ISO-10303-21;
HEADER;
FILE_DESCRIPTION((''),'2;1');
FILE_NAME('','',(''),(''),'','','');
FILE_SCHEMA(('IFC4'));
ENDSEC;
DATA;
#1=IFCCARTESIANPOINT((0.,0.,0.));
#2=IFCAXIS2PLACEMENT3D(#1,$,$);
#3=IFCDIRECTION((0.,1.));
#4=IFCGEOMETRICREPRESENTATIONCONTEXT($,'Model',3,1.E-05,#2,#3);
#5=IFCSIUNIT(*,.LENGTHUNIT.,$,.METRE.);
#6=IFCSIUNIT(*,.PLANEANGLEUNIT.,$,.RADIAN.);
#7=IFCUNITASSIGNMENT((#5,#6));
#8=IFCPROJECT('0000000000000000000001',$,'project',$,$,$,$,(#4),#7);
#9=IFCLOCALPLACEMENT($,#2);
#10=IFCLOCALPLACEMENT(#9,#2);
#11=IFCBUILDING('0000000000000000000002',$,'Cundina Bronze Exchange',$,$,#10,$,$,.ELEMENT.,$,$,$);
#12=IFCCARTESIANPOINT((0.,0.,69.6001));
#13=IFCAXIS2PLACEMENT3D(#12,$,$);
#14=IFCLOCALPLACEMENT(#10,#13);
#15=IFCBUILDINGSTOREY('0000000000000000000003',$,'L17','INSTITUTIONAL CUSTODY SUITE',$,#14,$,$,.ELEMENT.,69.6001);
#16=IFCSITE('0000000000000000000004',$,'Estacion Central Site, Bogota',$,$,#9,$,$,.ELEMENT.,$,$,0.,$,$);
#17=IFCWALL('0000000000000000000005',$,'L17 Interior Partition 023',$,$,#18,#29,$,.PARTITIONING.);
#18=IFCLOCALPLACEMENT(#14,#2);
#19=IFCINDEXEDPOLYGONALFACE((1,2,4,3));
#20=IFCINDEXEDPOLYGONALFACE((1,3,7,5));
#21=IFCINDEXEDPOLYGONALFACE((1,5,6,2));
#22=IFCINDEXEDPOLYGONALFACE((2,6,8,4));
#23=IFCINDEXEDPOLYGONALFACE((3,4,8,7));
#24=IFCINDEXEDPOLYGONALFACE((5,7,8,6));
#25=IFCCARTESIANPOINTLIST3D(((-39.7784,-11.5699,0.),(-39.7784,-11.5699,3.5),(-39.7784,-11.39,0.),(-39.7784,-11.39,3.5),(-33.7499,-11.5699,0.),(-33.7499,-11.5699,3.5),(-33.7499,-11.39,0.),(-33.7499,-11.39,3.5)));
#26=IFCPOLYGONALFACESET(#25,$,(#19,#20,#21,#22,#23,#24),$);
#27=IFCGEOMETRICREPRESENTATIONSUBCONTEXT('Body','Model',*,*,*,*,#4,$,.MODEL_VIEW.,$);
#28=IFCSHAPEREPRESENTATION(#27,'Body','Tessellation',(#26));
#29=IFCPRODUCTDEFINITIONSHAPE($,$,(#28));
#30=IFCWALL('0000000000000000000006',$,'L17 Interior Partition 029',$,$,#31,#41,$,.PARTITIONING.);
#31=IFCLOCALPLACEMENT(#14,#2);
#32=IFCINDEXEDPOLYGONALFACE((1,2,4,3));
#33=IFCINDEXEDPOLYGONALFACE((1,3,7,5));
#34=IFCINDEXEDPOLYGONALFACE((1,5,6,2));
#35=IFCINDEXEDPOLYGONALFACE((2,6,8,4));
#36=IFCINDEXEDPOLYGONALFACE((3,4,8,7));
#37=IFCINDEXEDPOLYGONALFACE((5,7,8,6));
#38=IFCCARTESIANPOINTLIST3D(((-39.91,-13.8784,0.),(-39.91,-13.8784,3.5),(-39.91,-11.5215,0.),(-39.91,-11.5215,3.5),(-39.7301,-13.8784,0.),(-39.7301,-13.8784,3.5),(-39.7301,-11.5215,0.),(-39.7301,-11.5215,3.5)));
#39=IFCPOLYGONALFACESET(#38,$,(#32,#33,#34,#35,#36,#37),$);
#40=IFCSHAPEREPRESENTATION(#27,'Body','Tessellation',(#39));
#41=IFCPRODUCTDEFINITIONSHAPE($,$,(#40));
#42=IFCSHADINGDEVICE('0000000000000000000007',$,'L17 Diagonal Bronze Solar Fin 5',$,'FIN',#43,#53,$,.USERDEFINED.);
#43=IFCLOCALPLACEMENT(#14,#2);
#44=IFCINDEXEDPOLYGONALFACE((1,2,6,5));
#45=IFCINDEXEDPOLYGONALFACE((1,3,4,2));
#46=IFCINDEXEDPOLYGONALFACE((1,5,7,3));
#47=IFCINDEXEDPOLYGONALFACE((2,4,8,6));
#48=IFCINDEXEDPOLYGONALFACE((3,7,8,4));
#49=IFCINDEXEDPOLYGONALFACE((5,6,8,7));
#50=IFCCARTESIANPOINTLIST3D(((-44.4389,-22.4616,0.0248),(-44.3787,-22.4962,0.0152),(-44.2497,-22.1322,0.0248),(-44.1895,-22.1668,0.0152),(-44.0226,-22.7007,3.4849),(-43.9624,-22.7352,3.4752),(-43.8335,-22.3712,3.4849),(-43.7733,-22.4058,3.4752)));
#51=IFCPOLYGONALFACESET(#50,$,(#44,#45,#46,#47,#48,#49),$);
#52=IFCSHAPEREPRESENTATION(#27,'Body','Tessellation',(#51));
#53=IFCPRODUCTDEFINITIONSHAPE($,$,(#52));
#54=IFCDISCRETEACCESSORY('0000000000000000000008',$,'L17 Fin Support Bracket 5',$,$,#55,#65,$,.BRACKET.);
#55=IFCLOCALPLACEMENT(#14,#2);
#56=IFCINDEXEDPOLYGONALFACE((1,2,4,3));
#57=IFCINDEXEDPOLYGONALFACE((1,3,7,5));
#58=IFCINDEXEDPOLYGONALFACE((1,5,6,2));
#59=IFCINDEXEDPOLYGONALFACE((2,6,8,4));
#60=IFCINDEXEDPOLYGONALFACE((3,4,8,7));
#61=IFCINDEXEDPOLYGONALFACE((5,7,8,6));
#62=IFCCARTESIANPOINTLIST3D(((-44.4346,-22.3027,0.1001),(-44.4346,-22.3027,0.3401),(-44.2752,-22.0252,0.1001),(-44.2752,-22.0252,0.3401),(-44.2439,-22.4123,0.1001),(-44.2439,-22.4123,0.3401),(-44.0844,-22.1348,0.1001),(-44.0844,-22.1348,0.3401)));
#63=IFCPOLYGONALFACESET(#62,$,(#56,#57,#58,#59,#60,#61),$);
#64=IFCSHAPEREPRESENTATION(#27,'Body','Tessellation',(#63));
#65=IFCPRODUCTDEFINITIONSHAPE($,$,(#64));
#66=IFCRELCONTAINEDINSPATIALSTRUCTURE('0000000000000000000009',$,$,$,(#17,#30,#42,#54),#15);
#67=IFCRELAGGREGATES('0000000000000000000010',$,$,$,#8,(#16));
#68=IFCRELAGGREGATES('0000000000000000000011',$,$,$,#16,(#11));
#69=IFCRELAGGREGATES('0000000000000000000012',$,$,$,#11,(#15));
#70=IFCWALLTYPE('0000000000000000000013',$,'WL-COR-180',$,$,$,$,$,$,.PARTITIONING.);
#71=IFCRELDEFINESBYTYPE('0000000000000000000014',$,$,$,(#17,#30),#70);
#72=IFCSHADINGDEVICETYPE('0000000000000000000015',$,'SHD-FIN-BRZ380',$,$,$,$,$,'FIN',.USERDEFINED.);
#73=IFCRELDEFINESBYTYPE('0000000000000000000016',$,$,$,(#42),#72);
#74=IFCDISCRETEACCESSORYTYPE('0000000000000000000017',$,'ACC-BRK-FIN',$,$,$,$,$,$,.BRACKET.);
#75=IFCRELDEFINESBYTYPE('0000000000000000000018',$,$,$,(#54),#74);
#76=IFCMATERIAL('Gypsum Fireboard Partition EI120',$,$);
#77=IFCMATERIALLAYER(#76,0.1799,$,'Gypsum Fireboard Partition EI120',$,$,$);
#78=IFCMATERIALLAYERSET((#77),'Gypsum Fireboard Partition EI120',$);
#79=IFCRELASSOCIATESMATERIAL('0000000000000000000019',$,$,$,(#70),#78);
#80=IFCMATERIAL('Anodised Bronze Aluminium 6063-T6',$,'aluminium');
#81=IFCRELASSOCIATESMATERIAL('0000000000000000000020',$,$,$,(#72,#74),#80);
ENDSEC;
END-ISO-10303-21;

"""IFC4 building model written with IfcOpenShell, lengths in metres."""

from ifc_helpers import new_model, si_unit, direction, frame, frame_2d, origin, origin_2d, place, context, subcontext, project, spatial, rectangle, extrude, material, layer, layer_set, material_profile, profile_set, type_object, element, save


model = new_model("IFC4")

# Units and contexts
model_context = context("Model", 3, precision=1e-05, world=origin(), true_north=direction((0.0, 1.0)))
body_context = subcontext(model_context, "Body", "Model", "MODEL_VIEW")
ifc_project = project(units=[si_unit("LENGTHUNIT", "METRE"), si_unit("PLANEANGLEUNIT", "RADIAN")], contexts=[model_context])

# Site, building, storey
site_placement = place(None, origin())
site = spatial("IfcSite", under=ifc_project, at=site_placement, Name="Estacion Central Site, Bogota", CompositionType="ELEMENT", RefElevation=0.0)
building_placement = place(site_placement, origin())
building = spatial("IfcBuilding", under=site, at=building_placement, Name="Cundina Bronze Exchange", CompositionType="ELEMENT")
storey_placement = place(building_placement, frame((0.0, 0.0, 69.6001)))
storey = spatial("IfcBuildingStorey", under=building, at=storey_placement, Name="L17", Description="INSTITUTIONAL CUSTODY SUITE", CompositionType="ELEMENT", Elevation=69.6001)

# Shared definitions
ifc_material_1 = material(Name="Anodised Bronze Aluminium 6063-T6", Category="aluminium")

# Shared definitions
ifc_material_2 = material(Name="Gypsum Fireboard Partition EI120")
ifc_layer_1 = layer(ifc_material_2, 0.1799, Name="Gypsum Fireboard Partition EI120")
ifc_layer_set_1 = layer_set([ifc_layer_1], Name="Gypsum Fireboard Partition EI120")
wall_type = type_object("IfcWallType", Name="WL-COR-180", PredefinedType="PARTITIONING", material=ifc_layer_set_1)

# Walls
wall_1_placement = place(storey_placement, frame((-33.75, -11.48, 0.0), z_axis=(0.0, 0.0, 1.0), x_axis=(-1.0, 0.0, 0.0)))
element("IfcWall", 1, at=wall_1_placement, inside=storey, type_object=wall_type, Name="L17 Interior Partition 023", PredefinedType="PARTITIONING", context=body_context, shape_type="SweptSolid", body=[
    extrude(rectangle(XDim=6.0286, YDim=0.1799, at=frame_2d((3.0142, 0.0))), origin(), (0.0, 0.0, 1.0), 3.5),
])
wall_2_placement = place(storey_placement, frame((-39.8201, -11.5215, 0.0), z_axis=(0.0, 0.0, 1.0), x_axis=(0.0, -1.0, 0.0)))
element("IfcWall", 2, at=wall_2_placement, inside=storey, type_object=wall_type, Name="L17 Interior Partition 029", PredefinedType="PARTITIONING", context=body_context, shape_type="SweptSolid", body=[
    extrude(rectangle(XDim=2.3569, YDim=0.1799, at=frame_2d((1.1785, 0.0))), origin(), (0.0, 0.0, 1.0), 3.5),
])

# Shading device
ifc_material_profile_1 = material_profile(ifc_material_1, rectangle(XDim=0.0701, YDim=0.3799, at=origin_2d()), Name="FIN70X380", Category="aluminium")
ifc_profile_set_1 = profile_set([ifc_material_profile_1], Name="Anodised Bronze Aluminium 6063-T6")
shading_device_type = type_object("IfcShadingDeviceType", Name="SHD-FIN-BRZ380", ElementType="FIN", PredefinedType="USERDEFINED", material=ifc_profile_set_1)
shading_device_placement = place(storey_placement, frame((-44.3142, -22.3142, 0.02), z_axis=(0.119166, -0.068425, 0.990514), x_axis=(-0.858982, 0.493222, 0.137414)))
element("IfcShadingDevice", 3, at=shading_device_placement, inside=storey, type_object=shading_device_type, Name="L17 Diagonal Bronze Solar Fin 5", ObjectType="FIN", PredefinedType="USERDEFINED", context=body_context, shape_type="SweptSolid", body=[
    extrude(rectangle(XDim=0.0701, YDim=0.3799, at=origin_2d()), origin(), (0.0, 0.0, 1.0), 3.4932),
])

# Discrete accessory
discrete_accessory_type = type_object("IfcDiscreteAccessoryType", Name="ACC-BRK-FIN", PredefinedType="BRACKET", material=ifc_material_1)
discrete_accessory_placement = place(storey_placement, frame((-44.2595, -22.2188, 0.1001), z_axis=(0.0, 0.0, 1.0), x_axis=(0.867105, -0.498125, 0.0)))
element("IfcDiscreteAccessory", 4, at=discrete_accessory_placement, inside=storey, type_object=discrete_accessory_type, Name="L17 Fin Support Bracket 5", PredefinedType="BRACKET", context=body_context, shape_type="SweptSolid", body=[
    extrude(rectangle(XDim=0.22, YDim=0.3201, at=origin_2d()), origin(), (0.0, 0.0, 1.0), 0.24),
])

save(model, "model.ifc")
